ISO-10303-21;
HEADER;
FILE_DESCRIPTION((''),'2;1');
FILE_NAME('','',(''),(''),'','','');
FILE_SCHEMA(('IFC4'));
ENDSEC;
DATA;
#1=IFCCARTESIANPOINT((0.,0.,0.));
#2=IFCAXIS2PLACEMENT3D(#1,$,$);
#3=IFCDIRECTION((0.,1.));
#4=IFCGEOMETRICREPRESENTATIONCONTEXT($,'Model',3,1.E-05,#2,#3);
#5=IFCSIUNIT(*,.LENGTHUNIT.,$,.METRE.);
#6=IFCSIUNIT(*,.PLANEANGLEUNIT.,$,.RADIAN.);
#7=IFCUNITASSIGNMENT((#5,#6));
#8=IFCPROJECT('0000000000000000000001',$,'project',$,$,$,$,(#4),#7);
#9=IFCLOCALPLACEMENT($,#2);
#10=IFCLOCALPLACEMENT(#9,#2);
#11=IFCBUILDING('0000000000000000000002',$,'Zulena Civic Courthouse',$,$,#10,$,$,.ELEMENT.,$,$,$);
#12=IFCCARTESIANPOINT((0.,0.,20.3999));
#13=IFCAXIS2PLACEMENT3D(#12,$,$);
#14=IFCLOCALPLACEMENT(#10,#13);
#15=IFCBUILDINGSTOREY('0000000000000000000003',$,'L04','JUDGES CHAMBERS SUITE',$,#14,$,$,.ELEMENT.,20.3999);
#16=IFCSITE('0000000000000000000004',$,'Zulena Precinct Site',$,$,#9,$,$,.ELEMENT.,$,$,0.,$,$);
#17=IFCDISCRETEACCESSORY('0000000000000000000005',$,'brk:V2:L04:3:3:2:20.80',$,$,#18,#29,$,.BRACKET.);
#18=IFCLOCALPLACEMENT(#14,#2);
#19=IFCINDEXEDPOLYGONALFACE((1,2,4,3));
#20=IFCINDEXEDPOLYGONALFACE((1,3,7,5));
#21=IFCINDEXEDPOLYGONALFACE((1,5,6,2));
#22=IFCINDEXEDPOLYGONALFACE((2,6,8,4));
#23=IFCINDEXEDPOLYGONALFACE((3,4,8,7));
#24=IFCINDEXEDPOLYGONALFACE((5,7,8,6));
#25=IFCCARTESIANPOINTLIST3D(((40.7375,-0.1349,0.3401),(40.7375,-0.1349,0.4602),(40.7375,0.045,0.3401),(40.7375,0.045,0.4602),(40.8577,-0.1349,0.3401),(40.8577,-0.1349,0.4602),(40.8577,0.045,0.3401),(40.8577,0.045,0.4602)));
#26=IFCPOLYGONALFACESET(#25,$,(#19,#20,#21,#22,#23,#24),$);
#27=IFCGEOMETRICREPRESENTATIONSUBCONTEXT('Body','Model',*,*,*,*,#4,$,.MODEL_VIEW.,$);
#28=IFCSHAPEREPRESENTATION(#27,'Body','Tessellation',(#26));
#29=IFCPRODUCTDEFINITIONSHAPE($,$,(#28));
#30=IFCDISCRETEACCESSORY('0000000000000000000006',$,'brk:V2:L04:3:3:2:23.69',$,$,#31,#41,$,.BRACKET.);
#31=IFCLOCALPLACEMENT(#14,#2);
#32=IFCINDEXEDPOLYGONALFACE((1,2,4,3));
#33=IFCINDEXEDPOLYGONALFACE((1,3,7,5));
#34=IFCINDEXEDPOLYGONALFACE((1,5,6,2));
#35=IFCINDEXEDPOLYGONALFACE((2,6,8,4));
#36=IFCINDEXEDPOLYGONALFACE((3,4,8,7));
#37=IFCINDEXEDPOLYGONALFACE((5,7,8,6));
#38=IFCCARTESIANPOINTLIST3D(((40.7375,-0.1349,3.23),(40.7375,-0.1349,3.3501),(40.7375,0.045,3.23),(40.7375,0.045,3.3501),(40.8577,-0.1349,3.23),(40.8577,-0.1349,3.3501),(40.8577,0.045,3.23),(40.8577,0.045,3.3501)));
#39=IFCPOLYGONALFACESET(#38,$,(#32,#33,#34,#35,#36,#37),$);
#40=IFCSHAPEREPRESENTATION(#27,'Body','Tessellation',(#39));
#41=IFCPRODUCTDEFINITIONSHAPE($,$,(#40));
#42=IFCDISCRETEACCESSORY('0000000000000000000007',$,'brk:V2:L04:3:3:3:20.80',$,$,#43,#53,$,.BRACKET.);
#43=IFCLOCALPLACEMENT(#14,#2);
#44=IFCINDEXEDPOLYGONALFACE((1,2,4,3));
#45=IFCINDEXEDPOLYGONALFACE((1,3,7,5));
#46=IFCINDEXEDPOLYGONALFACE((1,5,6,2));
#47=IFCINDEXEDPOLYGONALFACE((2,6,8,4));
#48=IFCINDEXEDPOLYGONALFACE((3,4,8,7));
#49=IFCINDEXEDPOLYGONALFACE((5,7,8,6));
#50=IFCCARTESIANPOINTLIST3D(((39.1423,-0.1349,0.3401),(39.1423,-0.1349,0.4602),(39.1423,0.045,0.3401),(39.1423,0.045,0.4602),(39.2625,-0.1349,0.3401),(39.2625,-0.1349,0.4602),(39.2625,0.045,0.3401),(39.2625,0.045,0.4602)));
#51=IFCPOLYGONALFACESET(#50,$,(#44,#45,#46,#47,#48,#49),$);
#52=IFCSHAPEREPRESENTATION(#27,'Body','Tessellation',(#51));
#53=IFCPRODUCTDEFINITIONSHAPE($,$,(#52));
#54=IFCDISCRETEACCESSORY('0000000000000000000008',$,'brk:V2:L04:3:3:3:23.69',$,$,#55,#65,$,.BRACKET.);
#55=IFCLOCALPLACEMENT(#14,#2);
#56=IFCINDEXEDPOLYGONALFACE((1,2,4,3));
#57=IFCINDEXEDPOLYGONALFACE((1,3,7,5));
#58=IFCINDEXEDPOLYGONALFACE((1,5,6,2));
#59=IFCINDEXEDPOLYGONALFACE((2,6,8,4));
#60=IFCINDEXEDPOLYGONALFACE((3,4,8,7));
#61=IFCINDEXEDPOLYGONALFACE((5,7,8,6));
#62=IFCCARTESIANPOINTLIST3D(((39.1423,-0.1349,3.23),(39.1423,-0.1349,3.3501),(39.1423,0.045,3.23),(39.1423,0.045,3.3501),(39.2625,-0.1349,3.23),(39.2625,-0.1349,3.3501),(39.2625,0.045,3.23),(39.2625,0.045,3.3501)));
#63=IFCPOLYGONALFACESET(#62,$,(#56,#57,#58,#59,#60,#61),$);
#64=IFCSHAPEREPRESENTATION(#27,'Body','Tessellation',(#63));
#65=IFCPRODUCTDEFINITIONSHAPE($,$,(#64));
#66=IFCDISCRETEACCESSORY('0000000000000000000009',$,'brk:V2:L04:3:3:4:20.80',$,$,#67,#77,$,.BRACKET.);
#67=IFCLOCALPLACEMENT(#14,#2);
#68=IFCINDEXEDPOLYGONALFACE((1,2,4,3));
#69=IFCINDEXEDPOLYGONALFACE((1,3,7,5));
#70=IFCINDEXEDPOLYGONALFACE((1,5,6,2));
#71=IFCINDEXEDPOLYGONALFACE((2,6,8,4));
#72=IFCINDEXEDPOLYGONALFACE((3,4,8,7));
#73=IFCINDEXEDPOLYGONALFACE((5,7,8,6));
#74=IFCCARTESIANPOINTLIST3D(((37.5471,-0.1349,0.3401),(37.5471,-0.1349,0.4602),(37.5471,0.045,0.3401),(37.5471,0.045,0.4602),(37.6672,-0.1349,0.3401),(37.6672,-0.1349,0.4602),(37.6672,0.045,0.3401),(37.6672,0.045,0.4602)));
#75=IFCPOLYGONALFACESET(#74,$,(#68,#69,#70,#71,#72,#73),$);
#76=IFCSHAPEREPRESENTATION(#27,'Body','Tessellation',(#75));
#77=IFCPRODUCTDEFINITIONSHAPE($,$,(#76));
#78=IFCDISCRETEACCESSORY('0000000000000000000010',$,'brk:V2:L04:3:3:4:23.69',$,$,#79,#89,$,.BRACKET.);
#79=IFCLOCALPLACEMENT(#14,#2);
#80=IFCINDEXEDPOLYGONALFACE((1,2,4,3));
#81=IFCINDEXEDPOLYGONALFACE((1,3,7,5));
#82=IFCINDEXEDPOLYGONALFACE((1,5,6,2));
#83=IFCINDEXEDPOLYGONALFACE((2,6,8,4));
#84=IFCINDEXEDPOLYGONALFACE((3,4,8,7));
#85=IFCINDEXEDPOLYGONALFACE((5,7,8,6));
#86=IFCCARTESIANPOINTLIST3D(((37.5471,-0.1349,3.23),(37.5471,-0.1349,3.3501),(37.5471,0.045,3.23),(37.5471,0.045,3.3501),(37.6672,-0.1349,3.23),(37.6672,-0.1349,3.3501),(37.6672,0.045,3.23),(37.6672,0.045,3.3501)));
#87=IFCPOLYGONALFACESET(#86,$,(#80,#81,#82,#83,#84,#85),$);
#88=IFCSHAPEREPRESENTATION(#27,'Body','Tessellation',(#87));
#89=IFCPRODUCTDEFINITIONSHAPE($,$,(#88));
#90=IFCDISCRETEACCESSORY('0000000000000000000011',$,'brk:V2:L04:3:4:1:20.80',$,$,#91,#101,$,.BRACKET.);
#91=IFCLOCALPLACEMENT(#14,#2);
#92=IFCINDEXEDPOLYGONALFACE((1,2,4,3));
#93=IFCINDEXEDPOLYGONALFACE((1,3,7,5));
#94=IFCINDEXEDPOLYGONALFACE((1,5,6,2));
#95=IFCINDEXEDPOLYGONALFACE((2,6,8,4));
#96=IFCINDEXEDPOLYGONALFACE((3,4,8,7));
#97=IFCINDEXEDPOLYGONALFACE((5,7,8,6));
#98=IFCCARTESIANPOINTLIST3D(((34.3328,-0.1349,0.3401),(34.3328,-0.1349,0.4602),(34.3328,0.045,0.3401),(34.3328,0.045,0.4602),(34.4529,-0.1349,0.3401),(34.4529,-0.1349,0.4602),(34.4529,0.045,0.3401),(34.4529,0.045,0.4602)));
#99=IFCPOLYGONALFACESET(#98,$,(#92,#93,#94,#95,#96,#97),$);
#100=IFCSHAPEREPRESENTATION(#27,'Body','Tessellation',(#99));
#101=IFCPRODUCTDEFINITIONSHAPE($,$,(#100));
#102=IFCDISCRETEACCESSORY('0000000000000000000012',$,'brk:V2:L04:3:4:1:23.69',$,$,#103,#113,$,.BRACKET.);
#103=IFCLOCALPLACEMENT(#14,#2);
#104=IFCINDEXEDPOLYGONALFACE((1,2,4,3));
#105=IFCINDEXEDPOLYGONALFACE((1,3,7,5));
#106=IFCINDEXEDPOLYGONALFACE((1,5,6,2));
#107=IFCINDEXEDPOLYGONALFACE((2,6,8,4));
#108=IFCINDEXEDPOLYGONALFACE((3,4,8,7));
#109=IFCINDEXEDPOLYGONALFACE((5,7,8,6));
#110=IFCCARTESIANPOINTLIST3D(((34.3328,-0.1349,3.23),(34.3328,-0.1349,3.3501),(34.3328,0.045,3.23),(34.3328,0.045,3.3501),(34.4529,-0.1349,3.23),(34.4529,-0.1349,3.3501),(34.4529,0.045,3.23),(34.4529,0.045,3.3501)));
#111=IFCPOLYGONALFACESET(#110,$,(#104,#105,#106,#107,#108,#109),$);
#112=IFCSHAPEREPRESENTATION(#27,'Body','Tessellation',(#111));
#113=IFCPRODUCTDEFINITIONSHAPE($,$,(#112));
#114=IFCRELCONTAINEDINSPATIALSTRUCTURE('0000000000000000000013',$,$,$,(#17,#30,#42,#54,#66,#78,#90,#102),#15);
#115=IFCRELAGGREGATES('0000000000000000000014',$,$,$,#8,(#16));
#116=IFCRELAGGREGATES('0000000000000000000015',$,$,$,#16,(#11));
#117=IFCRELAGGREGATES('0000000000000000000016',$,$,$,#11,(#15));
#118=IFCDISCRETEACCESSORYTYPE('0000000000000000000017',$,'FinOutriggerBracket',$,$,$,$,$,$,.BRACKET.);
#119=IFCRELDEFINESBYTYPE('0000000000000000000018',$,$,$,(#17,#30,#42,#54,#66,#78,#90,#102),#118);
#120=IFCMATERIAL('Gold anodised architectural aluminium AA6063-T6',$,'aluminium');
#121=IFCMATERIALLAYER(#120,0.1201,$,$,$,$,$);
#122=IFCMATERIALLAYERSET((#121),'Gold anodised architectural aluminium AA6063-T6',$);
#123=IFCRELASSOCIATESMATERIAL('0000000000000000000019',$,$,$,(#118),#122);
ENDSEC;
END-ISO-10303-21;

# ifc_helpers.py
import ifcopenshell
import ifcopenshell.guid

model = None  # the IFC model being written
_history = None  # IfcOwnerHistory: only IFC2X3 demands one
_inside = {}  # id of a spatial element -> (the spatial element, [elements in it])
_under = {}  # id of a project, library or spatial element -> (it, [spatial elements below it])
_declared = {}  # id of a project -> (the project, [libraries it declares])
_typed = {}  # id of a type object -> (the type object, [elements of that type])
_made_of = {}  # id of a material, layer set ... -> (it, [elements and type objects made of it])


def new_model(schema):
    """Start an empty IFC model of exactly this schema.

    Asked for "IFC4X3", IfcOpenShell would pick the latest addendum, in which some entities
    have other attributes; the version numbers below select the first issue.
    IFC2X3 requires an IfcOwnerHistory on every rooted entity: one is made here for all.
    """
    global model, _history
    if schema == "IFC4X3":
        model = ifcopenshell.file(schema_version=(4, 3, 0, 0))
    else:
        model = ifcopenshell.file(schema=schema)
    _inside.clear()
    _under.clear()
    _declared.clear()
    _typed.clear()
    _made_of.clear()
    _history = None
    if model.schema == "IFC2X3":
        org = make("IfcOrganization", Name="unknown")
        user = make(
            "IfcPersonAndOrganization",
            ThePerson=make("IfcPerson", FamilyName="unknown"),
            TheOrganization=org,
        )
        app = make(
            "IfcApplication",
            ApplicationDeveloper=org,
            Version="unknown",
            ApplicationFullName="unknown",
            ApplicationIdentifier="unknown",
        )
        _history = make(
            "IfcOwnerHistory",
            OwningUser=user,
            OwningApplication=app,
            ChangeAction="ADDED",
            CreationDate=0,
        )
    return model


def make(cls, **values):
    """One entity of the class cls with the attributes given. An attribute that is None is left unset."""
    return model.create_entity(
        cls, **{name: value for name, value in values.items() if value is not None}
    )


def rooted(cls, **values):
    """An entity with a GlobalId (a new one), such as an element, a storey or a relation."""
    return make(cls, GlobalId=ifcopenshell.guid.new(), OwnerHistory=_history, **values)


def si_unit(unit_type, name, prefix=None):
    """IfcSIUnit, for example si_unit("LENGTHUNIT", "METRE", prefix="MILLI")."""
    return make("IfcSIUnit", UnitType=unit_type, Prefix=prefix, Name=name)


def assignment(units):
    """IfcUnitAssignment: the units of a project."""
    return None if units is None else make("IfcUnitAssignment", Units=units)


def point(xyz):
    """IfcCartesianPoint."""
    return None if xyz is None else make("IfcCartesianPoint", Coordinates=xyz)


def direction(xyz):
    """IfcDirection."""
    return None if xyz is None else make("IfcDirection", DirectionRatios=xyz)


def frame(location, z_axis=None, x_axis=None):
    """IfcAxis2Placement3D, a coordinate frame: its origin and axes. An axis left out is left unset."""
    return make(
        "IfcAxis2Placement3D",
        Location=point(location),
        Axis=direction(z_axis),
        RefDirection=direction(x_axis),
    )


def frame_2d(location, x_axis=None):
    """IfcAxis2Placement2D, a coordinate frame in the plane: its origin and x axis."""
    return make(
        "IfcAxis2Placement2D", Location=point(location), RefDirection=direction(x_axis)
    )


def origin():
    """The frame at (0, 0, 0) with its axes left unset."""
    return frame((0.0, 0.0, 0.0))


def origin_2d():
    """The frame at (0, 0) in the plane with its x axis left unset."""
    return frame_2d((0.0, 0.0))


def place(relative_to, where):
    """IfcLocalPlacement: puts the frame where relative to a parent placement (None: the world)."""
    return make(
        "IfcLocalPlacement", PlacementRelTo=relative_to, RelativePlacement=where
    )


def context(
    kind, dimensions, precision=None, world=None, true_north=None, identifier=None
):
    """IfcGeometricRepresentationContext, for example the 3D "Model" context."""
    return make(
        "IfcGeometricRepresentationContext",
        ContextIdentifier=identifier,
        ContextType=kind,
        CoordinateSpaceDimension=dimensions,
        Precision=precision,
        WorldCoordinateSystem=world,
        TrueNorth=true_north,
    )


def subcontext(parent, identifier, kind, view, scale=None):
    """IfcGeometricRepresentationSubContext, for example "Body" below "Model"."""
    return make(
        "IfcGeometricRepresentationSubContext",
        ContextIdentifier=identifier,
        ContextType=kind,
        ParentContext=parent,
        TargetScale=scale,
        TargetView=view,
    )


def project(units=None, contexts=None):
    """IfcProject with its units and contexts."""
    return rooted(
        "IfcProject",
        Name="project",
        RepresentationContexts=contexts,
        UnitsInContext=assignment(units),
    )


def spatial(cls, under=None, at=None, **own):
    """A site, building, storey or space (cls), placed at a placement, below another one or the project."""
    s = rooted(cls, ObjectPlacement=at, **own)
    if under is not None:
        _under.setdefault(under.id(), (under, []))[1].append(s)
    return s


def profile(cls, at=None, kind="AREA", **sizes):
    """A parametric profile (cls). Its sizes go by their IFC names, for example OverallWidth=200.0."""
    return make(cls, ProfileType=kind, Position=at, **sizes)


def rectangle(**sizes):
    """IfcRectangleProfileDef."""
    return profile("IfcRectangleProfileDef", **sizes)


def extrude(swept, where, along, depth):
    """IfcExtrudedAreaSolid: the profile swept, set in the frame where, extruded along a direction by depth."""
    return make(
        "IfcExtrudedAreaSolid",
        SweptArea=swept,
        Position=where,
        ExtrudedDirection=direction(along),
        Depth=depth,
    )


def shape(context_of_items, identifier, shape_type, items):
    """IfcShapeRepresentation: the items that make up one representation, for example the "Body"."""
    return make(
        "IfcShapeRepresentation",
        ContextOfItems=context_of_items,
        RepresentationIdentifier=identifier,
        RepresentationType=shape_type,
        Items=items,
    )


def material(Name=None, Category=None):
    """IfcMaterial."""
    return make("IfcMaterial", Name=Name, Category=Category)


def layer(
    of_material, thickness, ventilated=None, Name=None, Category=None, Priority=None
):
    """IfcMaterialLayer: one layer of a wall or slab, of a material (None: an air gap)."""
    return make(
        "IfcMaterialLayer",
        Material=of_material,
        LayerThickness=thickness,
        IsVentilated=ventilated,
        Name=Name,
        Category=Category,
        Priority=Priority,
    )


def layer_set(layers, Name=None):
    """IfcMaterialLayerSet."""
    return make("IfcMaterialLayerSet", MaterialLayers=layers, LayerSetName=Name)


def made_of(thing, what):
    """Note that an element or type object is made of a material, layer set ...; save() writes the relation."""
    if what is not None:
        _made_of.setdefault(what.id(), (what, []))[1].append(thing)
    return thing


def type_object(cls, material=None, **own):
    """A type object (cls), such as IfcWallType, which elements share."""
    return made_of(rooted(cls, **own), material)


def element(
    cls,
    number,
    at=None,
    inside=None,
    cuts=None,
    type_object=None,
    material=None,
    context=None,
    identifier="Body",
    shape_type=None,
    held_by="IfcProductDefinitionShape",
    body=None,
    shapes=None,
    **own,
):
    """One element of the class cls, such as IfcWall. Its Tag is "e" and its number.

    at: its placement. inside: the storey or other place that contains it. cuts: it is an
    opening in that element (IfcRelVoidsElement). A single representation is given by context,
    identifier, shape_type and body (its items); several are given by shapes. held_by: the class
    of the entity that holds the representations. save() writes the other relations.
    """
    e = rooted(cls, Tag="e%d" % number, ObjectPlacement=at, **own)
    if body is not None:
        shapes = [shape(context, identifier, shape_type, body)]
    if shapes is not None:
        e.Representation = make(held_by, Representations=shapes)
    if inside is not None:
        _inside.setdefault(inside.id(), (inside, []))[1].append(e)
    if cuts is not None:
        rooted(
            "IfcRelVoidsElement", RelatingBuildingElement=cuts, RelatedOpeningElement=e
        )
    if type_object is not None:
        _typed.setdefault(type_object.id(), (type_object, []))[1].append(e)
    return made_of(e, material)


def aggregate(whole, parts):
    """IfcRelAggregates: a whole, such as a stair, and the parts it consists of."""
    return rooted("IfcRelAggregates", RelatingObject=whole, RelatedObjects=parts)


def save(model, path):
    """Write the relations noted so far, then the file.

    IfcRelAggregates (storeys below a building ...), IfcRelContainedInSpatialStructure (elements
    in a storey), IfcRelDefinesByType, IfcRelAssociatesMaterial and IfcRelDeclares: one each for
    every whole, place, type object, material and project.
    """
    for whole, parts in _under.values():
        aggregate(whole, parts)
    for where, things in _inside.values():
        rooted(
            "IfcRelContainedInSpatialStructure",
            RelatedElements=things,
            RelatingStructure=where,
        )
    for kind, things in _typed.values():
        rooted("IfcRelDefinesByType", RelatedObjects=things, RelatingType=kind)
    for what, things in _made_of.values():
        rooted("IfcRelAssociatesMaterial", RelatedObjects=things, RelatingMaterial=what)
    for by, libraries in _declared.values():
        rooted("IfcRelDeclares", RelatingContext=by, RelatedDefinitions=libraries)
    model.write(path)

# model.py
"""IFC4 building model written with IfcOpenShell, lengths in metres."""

from ifc_helpers import new_model, si_unit, direction, frame, origin, origin_2d, place, context, subcontext, project, spatial, rectangle, extrude, material, layer, layer_set, type_object, element, save


model = new_model("IFC4")

# Units and contexts
model_context = context("Model", 3, precision=1e-05, world=origin(), true_north=direction((0.0, 1.0)))
body_context = subcontext(model_context, "Body", "Model", "MODEL_VIEW")
ifc_project = project(units=[si_unit("LENGTHUNIT", "METRE"), si_unit("PLANEANGLEUNIT", "RADIAN")], contexts=[model_context])

# Site, building, storey
site_placement = place(None, origin())
site = spatial("IfcSite", under=ifc_project, at=site_placement, Name="Zulena Precinct Site", CompositionType="ELEMENT", RefElevation=0.0)
building_placement = place(site_placement, origin())
building = spatial("IfcBuilding", under=site, at=building_placement, Name="Zulena Civic Courthouse", CompositionType="ELEMENT")
storey_placement = place(building_placement, frame((0.0, 0.0, 20.3999)))
storey = spatial("IfcBuildingStorey", under=building, at=storey_placement, Name="L04", Description="JUDGES CHAMBERS SUITE", CompositionType="ELEMENT", Elevation=20.3999)

# Shared definitions
ifc_material_1 = material(Name="Gold anodised architectural aluminium AA6063-T6", Category="aluminium")

# Discrete accessories
ifc_layer_1 = layer(ifc_material_1, 0.1201)
ifc_layer_set_1 = layer_set([ifc_layer_1], Name="Gold anodised architectural aluminium AA6063-T6")
discrete_accessory_type = type_object("IfcDiscreteAccessoryType", Name="FinOutriggerBracket", PredefinedType="BRACKET", material=ifc_layer_set_1)
for number, where, z_axis, x_axis, name in (
    (1, (40.7976, -0.0449, 0.3401), (0.0, 0.0, 1.0), (0.0, -1.0, 0.0), "brk:V2:L04:3:3:2:20.80"),
    (2, (40.7976, -0.0449, 3.23), (0.0, 0.0, 1.0), (0.0, -1.0, 0.0), "brk:V2:L04:3:3:2:23.69"),
    (3, (39.2024, -0.0449, 0.3401), (0.0, 0.0, 1.0), (0.0, -1.0, 0.0), "brk:V2:L04:3:3:3:20.80"),
    (4, (39.2024, -0.0449, 3.23), (0.0, 0.0, 1.0), (0.0, -1.0, 0.0), "brk:V2:L04:3:3:3:23.69"),
    (5, (37.6072, -0.0449, 0.3401), (0.0, 0.0, 1.0), (0.0, -1.0, 0.0), "brk:V2:L04:3:3:4:20.80"),
    (6, (37.6072, -0.0449, 3.23), (0.0, 0.0, 1.0), (0.0, -1.0, 0.0), "brk:V2:L04:3:3:4:23.69"),
    (7, (34.3928, -0.0449, 0.3401), (0.0, 0.0, 1.0), (0.0, -1.0, 0.0), "brk:V2:L04:3:4:1:20.80"),
    (8, (34.3928, -0.0449, 3.23), (0.0, 0.0, 1.0), (0.0, -1.0, 0.0), "brk:V2:L04:3:4:1:23.69"),
):
    element("IfcDiscreteAccessory", number, at=place(storey_placement, frame(where, z_axis=z_axis, x_axis=x_axis)), inside=storey, type_object=discrete_accessory_type, Name=name, PredefinedType="BRACKET", context=body_context, shape_type="SweptSolid", body=[
        extrude(rectangle(XDim=0.1799, YDim=0.1201, at=origin_2d()), origin(), (0.0, 0.0, 1.0), 0.1201),
    ])

save(model, "model.ifc")
